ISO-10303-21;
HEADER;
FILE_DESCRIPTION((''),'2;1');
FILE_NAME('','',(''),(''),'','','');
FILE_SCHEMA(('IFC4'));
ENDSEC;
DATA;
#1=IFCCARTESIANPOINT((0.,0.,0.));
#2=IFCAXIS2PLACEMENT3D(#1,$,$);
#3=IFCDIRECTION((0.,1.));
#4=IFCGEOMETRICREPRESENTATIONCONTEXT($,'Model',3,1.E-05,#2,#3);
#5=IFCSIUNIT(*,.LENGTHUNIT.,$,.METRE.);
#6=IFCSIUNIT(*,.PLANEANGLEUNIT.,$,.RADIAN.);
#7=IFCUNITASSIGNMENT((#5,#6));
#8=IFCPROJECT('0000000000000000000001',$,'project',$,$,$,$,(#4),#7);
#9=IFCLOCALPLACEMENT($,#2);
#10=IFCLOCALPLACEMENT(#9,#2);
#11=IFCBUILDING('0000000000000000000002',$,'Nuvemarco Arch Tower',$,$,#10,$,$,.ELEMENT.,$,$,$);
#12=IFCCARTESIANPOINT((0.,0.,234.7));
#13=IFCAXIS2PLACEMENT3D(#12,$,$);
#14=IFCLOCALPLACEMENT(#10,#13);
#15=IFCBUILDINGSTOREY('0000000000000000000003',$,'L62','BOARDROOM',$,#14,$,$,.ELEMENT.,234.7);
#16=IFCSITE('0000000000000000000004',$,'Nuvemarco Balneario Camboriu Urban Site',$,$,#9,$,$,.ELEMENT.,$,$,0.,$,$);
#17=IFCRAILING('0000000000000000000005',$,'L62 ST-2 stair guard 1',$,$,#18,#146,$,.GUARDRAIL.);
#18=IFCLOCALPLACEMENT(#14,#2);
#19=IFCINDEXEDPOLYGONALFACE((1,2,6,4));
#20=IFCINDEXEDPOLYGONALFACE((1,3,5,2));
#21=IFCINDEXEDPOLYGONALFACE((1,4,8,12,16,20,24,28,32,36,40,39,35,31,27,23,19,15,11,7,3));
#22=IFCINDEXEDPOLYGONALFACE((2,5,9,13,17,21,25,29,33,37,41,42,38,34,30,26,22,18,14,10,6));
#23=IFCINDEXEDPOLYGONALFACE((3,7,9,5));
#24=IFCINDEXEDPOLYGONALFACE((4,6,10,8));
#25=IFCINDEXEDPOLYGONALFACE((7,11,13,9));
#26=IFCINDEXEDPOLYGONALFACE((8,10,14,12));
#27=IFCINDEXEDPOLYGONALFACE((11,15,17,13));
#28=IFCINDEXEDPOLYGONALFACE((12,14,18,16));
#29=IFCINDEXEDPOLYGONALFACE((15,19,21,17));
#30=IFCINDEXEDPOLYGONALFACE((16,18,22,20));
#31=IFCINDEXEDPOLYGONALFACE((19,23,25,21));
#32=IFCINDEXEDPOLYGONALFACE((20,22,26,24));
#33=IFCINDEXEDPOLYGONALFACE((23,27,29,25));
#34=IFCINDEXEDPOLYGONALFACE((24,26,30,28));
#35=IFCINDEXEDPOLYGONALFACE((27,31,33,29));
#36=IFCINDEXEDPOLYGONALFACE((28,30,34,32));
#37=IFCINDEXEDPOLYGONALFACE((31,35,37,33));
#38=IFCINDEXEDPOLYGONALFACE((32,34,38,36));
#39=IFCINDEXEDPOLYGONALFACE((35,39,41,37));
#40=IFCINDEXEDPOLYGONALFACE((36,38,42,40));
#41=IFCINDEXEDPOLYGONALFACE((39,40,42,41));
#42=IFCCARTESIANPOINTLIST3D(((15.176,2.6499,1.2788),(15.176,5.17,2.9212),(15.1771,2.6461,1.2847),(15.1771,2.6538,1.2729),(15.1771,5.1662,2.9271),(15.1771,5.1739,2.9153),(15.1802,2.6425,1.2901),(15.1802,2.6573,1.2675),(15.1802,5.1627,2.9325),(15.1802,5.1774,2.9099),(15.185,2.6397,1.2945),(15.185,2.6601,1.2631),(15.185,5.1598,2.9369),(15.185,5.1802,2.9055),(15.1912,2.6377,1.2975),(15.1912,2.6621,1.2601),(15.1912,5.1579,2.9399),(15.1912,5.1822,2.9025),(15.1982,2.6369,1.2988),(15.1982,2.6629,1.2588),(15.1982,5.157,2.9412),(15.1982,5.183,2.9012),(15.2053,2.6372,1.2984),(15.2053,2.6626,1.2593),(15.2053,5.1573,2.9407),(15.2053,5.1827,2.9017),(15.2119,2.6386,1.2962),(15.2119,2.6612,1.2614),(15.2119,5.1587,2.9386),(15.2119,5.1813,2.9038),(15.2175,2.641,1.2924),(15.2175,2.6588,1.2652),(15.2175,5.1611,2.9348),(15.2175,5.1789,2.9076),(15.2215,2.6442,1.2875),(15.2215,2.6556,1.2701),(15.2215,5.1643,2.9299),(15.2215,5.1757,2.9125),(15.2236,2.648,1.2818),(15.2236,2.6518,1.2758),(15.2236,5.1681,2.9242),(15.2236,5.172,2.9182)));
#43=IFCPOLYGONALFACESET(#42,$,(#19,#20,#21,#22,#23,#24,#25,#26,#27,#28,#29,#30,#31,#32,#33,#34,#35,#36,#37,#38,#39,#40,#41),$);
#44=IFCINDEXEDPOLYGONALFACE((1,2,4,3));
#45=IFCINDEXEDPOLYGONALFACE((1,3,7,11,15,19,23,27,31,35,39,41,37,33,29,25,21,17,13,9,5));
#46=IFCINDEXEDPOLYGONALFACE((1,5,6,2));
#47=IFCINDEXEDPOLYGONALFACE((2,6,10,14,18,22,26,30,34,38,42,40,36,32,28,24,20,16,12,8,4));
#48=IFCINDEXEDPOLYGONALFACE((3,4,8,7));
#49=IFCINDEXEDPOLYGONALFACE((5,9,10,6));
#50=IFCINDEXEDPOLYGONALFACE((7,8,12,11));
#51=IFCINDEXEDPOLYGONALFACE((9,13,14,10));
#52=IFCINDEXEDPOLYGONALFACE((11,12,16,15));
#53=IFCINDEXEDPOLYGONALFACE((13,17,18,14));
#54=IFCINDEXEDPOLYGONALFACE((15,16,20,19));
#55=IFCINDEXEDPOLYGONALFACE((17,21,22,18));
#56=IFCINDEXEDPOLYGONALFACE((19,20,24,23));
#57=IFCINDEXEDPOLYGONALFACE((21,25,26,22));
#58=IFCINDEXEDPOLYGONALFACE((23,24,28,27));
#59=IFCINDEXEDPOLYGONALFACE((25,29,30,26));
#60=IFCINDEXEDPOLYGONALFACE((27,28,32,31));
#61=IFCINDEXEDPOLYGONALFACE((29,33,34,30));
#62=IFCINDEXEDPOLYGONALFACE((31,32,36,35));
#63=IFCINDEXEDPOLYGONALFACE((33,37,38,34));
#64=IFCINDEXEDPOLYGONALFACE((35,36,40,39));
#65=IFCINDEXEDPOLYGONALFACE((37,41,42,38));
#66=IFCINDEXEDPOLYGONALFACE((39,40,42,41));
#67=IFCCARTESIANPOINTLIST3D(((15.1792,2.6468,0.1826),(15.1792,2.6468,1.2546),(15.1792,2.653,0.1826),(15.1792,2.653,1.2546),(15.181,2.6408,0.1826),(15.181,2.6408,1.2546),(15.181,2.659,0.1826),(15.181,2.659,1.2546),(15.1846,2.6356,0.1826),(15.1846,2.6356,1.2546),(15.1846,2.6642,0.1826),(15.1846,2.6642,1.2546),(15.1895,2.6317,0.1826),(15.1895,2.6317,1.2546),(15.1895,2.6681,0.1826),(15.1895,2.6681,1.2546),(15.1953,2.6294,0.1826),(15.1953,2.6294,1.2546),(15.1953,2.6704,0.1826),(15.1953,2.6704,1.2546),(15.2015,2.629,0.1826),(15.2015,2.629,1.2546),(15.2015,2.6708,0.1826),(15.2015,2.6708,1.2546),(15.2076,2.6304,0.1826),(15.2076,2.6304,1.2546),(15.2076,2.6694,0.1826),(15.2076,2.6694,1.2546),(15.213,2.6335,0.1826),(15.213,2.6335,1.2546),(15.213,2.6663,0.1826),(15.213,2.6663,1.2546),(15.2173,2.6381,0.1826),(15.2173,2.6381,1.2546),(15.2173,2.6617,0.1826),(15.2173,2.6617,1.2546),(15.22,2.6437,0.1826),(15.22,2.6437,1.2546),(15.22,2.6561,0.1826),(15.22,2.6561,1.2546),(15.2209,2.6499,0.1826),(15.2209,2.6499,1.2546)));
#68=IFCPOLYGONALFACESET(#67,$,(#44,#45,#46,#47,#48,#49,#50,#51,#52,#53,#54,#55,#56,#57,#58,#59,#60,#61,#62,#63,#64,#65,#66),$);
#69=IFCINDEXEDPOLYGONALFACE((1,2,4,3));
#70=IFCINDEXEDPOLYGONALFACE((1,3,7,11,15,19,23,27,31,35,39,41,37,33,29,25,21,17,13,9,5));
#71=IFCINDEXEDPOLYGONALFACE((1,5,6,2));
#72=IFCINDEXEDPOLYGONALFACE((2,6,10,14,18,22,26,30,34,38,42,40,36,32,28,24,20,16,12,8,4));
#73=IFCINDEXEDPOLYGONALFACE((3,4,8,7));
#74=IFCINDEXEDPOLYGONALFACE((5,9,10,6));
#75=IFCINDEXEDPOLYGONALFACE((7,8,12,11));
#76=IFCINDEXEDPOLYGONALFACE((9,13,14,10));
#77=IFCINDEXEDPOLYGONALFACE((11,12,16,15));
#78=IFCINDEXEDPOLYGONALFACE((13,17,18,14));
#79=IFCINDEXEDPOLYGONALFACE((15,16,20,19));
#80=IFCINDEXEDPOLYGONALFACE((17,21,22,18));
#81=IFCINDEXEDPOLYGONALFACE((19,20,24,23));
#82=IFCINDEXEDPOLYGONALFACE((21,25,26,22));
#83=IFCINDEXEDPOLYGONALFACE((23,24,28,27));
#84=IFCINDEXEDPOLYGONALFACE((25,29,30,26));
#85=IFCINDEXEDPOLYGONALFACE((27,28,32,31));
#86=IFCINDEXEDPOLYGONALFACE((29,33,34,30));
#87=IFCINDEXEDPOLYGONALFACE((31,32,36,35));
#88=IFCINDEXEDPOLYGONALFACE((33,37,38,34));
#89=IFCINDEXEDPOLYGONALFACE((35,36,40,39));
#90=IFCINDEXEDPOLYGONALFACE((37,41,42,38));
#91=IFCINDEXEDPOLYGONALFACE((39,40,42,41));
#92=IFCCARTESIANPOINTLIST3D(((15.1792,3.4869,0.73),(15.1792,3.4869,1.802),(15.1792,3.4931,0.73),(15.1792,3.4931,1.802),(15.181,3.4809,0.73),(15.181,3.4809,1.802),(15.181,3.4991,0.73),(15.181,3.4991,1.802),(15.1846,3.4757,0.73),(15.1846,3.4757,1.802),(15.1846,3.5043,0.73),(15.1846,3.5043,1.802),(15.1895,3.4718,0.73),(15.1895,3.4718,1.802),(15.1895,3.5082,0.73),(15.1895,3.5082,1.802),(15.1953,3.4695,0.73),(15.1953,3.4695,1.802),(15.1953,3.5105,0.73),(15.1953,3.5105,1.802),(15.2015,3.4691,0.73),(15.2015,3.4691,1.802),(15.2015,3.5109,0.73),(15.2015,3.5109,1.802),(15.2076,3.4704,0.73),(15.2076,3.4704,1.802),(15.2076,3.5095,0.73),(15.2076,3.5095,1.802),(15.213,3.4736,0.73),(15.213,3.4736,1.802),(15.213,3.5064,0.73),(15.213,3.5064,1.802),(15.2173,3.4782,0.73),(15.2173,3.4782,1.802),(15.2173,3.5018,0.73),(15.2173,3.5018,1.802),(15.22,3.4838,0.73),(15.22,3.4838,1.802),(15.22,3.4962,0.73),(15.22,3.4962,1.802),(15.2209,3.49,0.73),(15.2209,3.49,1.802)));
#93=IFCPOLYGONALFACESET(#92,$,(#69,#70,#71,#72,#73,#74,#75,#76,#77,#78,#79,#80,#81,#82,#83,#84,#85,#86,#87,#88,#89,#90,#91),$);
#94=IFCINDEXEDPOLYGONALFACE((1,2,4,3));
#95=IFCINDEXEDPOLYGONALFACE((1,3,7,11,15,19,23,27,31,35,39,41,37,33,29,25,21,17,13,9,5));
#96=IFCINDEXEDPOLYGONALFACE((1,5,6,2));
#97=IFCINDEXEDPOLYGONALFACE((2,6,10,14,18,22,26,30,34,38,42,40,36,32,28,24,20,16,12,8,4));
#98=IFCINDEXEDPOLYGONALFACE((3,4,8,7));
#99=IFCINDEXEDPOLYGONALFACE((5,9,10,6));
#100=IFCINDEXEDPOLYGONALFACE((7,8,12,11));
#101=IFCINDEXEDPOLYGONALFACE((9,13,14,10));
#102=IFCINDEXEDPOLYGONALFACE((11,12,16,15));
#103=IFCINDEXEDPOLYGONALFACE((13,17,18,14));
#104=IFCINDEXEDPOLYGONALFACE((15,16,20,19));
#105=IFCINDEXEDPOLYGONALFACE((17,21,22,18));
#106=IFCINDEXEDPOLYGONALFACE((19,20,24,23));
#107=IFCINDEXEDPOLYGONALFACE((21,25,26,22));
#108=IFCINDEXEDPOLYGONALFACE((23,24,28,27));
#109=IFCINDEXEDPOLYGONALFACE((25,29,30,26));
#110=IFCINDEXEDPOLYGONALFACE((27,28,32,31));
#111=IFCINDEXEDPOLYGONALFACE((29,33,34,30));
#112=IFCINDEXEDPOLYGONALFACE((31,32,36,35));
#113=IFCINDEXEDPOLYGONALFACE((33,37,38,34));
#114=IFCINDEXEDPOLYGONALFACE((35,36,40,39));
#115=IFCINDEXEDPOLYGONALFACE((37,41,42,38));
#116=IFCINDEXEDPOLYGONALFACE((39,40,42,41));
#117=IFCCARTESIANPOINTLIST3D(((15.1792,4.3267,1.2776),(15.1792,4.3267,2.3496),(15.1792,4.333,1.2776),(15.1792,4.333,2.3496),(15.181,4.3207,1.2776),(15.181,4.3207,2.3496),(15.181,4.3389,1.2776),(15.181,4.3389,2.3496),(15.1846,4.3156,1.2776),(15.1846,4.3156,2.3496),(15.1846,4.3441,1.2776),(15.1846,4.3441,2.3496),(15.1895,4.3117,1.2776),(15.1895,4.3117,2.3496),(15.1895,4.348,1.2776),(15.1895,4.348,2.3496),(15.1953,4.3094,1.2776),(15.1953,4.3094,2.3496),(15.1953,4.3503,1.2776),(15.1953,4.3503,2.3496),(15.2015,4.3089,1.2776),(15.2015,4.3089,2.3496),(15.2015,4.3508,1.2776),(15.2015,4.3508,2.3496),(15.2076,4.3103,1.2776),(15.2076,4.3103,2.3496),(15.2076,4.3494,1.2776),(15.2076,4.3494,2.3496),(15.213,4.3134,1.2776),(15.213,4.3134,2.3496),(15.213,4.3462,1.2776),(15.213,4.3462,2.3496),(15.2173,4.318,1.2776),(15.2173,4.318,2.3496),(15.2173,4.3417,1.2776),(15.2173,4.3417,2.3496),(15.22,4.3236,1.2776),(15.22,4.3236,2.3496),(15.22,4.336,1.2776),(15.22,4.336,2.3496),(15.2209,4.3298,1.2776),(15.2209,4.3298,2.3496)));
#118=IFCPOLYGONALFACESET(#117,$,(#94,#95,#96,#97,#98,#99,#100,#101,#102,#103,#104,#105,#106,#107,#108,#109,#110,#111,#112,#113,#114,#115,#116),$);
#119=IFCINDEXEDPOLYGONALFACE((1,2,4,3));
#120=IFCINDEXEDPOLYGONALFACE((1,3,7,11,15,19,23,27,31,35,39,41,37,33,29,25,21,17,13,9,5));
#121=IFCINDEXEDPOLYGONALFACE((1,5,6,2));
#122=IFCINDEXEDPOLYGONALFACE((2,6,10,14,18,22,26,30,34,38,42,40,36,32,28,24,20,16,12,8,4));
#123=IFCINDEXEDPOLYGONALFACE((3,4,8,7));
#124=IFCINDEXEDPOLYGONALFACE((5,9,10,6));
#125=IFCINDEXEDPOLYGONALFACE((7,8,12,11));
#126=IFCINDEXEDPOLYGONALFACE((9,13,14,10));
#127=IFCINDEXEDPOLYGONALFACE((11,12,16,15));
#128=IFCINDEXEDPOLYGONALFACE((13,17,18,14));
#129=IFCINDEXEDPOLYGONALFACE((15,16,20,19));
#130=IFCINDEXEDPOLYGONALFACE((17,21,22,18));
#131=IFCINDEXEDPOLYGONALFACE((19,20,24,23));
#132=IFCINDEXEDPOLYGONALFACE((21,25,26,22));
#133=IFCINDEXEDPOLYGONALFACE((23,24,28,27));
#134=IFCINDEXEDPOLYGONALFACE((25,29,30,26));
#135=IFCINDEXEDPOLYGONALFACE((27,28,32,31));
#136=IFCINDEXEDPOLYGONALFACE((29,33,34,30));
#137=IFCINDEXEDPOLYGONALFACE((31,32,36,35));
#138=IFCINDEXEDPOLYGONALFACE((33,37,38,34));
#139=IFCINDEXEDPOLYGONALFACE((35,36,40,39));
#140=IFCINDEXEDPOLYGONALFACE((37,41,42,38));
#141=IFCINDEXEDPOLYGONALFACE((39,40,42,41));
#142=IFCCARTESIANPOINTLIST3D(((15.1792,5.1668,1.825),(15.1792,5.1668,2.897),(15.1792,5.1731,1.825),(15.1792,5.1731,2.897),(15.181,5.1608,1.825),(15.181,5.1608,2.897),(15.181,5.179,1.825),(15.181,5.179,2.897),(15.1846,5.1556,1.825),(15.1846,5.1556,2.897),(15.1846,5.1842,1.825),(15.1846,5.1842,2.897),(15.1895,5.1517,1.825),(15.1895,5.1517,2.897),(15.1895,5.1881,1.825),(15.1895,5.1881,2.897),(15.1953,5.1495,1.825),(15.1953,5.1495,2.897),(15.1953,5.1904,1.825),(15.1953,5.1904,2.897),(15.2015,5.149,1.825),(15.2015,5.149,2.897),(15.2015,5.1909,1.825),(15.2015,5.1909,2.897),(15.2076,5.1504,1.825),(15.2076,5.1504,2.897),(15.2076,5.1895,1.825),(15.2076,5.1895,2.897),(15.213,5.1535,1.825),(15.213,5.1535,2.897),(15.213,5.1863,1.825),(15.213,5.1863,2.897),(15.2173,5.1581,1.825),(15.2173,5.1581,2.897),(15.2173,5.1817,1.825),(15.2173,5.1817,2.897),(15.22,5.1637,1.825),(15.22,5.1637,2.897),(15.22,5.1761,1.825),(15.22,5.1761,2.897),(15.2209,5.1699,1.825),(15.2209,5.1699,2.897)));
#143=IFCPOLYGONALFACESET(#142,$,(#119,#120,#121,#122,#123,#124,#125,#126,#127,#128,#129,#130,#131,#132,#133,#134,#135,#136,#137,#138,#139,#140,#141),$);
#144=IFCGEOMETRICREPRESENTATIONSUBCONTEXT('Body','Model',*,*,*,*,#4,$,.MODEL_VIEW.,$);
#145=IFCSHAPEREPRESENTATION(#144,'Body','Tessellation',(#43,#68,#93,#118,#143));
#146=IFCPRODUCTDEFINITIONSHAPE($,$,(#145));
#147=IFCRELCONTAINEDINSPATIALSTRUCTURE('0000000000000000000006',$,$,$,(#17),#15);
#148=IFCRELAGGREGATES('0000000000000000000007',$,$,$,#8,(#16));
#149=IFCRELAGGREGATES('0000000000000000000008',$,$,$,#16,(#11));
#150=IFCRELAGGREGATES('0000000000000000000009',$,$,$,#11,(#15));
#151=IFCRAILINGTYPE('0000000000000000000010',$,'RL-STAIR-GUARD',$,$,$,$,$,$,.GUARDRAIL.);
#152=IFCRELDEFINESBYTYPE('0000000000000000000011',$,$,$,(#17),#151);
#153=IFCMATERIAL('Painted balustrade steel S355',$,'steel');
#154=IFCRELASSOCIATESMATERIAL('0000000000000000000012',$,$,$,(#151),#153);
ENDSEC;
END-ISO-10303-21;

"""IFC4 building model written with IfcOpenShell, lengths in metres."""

from ifc_helpers import new_model, si_unit, direction, frame, origin, origin_2d, place, context, subcontext, project, spatial, circle, extrude, material, type_object, element, save


model = new_model("IFC4")

# Units and contexts
model_context = context("Model", 3, precision=1e-05, world=origin(), true_north=direction((0.0, 1.0)))
body_context = subcontext(model_context, "Body", "Model", "MODEL_VIEW")
ifc_project = project(units=[si_unit("LENGTHUNIT", "METRE"), si_unit("PLANEANGLEUNIT", "RADIAN")], contexts=[model_context])

# Site, building, storey
site_placement = place(None, origin())
site = spatial("IfcSite", under=ifc_project, at=site_placement, Name="Nuvemarco Balneario Camboriu Urban Site", CompositionType="ELEMENT", RefElevation=0.0)
building_placement = place(site_placement, origin())
building = spatial("IfcBuilding", under=site, at=building_placement, Name="Nuvemarco Arch Tower", CompositionType="ELEMENT")
storey_placement = place(building_placement, frame((0.0, 0.0, 234.7)))
storey = spatial("IfcBuildingStorey", under=building, at=storey_placement, Name="L62", Description="BOARDROOM", CompositionType="ELEMENT", Elevation=234.7)

# Railing
ifc_material_1 = material(Name="Painted balustrade steel S355", Category="steel")
railing_type_1 = type_object("IfcRailingType", Name="RL-STAIR-GUARD", PredefinedType="GUARDRAIL", material=ifc_material_1)
railing_1_placement = place(storey_placement, frame((15.2, 2.6499, 0.1826)))
element("IfcRailing", 1, at=railing_1_placement, inside=storey, type_object=railing_type_1, Name="L62 ST-2 stair guard 1", PredefinedType="GUARDRAIL", context=body_context, shape_type="SweptSolid", body=[
    extrude(circle(Radius=0.0239, at=origin_2d()), frame((0.0, 0.0, 1.0962), z_axis=(0.0, 0.837787, 0.545998), x_axis=(-1.0, 0.0, 0.0)), (0.0, 0.0, 1.0), 3.0081),
    extrude(circle(Radius=0.021, at=origin_2d()), origin(), (0.0, 0.0, 1.0), 1.072),
    extrude(circle(Radius=0.021, at=origin_2d()), frame((0.0, 0.8401, 0.5474)), (0.0, 0.0, 1.0), 1.072),
    extrude(circle(Radius=0.021, at=origin_2d()), frame((0.0, 1.6799, 1.095)), (0.0, 0.0, 1.0), 1.072),
    extrude(circle(Radius=0.021, at=origin_2d()), frame((0.0, 2.52, 1.6423)), (0.0, 0.0, 1.0), 1.072),
])

save(model, "model.ifc")
